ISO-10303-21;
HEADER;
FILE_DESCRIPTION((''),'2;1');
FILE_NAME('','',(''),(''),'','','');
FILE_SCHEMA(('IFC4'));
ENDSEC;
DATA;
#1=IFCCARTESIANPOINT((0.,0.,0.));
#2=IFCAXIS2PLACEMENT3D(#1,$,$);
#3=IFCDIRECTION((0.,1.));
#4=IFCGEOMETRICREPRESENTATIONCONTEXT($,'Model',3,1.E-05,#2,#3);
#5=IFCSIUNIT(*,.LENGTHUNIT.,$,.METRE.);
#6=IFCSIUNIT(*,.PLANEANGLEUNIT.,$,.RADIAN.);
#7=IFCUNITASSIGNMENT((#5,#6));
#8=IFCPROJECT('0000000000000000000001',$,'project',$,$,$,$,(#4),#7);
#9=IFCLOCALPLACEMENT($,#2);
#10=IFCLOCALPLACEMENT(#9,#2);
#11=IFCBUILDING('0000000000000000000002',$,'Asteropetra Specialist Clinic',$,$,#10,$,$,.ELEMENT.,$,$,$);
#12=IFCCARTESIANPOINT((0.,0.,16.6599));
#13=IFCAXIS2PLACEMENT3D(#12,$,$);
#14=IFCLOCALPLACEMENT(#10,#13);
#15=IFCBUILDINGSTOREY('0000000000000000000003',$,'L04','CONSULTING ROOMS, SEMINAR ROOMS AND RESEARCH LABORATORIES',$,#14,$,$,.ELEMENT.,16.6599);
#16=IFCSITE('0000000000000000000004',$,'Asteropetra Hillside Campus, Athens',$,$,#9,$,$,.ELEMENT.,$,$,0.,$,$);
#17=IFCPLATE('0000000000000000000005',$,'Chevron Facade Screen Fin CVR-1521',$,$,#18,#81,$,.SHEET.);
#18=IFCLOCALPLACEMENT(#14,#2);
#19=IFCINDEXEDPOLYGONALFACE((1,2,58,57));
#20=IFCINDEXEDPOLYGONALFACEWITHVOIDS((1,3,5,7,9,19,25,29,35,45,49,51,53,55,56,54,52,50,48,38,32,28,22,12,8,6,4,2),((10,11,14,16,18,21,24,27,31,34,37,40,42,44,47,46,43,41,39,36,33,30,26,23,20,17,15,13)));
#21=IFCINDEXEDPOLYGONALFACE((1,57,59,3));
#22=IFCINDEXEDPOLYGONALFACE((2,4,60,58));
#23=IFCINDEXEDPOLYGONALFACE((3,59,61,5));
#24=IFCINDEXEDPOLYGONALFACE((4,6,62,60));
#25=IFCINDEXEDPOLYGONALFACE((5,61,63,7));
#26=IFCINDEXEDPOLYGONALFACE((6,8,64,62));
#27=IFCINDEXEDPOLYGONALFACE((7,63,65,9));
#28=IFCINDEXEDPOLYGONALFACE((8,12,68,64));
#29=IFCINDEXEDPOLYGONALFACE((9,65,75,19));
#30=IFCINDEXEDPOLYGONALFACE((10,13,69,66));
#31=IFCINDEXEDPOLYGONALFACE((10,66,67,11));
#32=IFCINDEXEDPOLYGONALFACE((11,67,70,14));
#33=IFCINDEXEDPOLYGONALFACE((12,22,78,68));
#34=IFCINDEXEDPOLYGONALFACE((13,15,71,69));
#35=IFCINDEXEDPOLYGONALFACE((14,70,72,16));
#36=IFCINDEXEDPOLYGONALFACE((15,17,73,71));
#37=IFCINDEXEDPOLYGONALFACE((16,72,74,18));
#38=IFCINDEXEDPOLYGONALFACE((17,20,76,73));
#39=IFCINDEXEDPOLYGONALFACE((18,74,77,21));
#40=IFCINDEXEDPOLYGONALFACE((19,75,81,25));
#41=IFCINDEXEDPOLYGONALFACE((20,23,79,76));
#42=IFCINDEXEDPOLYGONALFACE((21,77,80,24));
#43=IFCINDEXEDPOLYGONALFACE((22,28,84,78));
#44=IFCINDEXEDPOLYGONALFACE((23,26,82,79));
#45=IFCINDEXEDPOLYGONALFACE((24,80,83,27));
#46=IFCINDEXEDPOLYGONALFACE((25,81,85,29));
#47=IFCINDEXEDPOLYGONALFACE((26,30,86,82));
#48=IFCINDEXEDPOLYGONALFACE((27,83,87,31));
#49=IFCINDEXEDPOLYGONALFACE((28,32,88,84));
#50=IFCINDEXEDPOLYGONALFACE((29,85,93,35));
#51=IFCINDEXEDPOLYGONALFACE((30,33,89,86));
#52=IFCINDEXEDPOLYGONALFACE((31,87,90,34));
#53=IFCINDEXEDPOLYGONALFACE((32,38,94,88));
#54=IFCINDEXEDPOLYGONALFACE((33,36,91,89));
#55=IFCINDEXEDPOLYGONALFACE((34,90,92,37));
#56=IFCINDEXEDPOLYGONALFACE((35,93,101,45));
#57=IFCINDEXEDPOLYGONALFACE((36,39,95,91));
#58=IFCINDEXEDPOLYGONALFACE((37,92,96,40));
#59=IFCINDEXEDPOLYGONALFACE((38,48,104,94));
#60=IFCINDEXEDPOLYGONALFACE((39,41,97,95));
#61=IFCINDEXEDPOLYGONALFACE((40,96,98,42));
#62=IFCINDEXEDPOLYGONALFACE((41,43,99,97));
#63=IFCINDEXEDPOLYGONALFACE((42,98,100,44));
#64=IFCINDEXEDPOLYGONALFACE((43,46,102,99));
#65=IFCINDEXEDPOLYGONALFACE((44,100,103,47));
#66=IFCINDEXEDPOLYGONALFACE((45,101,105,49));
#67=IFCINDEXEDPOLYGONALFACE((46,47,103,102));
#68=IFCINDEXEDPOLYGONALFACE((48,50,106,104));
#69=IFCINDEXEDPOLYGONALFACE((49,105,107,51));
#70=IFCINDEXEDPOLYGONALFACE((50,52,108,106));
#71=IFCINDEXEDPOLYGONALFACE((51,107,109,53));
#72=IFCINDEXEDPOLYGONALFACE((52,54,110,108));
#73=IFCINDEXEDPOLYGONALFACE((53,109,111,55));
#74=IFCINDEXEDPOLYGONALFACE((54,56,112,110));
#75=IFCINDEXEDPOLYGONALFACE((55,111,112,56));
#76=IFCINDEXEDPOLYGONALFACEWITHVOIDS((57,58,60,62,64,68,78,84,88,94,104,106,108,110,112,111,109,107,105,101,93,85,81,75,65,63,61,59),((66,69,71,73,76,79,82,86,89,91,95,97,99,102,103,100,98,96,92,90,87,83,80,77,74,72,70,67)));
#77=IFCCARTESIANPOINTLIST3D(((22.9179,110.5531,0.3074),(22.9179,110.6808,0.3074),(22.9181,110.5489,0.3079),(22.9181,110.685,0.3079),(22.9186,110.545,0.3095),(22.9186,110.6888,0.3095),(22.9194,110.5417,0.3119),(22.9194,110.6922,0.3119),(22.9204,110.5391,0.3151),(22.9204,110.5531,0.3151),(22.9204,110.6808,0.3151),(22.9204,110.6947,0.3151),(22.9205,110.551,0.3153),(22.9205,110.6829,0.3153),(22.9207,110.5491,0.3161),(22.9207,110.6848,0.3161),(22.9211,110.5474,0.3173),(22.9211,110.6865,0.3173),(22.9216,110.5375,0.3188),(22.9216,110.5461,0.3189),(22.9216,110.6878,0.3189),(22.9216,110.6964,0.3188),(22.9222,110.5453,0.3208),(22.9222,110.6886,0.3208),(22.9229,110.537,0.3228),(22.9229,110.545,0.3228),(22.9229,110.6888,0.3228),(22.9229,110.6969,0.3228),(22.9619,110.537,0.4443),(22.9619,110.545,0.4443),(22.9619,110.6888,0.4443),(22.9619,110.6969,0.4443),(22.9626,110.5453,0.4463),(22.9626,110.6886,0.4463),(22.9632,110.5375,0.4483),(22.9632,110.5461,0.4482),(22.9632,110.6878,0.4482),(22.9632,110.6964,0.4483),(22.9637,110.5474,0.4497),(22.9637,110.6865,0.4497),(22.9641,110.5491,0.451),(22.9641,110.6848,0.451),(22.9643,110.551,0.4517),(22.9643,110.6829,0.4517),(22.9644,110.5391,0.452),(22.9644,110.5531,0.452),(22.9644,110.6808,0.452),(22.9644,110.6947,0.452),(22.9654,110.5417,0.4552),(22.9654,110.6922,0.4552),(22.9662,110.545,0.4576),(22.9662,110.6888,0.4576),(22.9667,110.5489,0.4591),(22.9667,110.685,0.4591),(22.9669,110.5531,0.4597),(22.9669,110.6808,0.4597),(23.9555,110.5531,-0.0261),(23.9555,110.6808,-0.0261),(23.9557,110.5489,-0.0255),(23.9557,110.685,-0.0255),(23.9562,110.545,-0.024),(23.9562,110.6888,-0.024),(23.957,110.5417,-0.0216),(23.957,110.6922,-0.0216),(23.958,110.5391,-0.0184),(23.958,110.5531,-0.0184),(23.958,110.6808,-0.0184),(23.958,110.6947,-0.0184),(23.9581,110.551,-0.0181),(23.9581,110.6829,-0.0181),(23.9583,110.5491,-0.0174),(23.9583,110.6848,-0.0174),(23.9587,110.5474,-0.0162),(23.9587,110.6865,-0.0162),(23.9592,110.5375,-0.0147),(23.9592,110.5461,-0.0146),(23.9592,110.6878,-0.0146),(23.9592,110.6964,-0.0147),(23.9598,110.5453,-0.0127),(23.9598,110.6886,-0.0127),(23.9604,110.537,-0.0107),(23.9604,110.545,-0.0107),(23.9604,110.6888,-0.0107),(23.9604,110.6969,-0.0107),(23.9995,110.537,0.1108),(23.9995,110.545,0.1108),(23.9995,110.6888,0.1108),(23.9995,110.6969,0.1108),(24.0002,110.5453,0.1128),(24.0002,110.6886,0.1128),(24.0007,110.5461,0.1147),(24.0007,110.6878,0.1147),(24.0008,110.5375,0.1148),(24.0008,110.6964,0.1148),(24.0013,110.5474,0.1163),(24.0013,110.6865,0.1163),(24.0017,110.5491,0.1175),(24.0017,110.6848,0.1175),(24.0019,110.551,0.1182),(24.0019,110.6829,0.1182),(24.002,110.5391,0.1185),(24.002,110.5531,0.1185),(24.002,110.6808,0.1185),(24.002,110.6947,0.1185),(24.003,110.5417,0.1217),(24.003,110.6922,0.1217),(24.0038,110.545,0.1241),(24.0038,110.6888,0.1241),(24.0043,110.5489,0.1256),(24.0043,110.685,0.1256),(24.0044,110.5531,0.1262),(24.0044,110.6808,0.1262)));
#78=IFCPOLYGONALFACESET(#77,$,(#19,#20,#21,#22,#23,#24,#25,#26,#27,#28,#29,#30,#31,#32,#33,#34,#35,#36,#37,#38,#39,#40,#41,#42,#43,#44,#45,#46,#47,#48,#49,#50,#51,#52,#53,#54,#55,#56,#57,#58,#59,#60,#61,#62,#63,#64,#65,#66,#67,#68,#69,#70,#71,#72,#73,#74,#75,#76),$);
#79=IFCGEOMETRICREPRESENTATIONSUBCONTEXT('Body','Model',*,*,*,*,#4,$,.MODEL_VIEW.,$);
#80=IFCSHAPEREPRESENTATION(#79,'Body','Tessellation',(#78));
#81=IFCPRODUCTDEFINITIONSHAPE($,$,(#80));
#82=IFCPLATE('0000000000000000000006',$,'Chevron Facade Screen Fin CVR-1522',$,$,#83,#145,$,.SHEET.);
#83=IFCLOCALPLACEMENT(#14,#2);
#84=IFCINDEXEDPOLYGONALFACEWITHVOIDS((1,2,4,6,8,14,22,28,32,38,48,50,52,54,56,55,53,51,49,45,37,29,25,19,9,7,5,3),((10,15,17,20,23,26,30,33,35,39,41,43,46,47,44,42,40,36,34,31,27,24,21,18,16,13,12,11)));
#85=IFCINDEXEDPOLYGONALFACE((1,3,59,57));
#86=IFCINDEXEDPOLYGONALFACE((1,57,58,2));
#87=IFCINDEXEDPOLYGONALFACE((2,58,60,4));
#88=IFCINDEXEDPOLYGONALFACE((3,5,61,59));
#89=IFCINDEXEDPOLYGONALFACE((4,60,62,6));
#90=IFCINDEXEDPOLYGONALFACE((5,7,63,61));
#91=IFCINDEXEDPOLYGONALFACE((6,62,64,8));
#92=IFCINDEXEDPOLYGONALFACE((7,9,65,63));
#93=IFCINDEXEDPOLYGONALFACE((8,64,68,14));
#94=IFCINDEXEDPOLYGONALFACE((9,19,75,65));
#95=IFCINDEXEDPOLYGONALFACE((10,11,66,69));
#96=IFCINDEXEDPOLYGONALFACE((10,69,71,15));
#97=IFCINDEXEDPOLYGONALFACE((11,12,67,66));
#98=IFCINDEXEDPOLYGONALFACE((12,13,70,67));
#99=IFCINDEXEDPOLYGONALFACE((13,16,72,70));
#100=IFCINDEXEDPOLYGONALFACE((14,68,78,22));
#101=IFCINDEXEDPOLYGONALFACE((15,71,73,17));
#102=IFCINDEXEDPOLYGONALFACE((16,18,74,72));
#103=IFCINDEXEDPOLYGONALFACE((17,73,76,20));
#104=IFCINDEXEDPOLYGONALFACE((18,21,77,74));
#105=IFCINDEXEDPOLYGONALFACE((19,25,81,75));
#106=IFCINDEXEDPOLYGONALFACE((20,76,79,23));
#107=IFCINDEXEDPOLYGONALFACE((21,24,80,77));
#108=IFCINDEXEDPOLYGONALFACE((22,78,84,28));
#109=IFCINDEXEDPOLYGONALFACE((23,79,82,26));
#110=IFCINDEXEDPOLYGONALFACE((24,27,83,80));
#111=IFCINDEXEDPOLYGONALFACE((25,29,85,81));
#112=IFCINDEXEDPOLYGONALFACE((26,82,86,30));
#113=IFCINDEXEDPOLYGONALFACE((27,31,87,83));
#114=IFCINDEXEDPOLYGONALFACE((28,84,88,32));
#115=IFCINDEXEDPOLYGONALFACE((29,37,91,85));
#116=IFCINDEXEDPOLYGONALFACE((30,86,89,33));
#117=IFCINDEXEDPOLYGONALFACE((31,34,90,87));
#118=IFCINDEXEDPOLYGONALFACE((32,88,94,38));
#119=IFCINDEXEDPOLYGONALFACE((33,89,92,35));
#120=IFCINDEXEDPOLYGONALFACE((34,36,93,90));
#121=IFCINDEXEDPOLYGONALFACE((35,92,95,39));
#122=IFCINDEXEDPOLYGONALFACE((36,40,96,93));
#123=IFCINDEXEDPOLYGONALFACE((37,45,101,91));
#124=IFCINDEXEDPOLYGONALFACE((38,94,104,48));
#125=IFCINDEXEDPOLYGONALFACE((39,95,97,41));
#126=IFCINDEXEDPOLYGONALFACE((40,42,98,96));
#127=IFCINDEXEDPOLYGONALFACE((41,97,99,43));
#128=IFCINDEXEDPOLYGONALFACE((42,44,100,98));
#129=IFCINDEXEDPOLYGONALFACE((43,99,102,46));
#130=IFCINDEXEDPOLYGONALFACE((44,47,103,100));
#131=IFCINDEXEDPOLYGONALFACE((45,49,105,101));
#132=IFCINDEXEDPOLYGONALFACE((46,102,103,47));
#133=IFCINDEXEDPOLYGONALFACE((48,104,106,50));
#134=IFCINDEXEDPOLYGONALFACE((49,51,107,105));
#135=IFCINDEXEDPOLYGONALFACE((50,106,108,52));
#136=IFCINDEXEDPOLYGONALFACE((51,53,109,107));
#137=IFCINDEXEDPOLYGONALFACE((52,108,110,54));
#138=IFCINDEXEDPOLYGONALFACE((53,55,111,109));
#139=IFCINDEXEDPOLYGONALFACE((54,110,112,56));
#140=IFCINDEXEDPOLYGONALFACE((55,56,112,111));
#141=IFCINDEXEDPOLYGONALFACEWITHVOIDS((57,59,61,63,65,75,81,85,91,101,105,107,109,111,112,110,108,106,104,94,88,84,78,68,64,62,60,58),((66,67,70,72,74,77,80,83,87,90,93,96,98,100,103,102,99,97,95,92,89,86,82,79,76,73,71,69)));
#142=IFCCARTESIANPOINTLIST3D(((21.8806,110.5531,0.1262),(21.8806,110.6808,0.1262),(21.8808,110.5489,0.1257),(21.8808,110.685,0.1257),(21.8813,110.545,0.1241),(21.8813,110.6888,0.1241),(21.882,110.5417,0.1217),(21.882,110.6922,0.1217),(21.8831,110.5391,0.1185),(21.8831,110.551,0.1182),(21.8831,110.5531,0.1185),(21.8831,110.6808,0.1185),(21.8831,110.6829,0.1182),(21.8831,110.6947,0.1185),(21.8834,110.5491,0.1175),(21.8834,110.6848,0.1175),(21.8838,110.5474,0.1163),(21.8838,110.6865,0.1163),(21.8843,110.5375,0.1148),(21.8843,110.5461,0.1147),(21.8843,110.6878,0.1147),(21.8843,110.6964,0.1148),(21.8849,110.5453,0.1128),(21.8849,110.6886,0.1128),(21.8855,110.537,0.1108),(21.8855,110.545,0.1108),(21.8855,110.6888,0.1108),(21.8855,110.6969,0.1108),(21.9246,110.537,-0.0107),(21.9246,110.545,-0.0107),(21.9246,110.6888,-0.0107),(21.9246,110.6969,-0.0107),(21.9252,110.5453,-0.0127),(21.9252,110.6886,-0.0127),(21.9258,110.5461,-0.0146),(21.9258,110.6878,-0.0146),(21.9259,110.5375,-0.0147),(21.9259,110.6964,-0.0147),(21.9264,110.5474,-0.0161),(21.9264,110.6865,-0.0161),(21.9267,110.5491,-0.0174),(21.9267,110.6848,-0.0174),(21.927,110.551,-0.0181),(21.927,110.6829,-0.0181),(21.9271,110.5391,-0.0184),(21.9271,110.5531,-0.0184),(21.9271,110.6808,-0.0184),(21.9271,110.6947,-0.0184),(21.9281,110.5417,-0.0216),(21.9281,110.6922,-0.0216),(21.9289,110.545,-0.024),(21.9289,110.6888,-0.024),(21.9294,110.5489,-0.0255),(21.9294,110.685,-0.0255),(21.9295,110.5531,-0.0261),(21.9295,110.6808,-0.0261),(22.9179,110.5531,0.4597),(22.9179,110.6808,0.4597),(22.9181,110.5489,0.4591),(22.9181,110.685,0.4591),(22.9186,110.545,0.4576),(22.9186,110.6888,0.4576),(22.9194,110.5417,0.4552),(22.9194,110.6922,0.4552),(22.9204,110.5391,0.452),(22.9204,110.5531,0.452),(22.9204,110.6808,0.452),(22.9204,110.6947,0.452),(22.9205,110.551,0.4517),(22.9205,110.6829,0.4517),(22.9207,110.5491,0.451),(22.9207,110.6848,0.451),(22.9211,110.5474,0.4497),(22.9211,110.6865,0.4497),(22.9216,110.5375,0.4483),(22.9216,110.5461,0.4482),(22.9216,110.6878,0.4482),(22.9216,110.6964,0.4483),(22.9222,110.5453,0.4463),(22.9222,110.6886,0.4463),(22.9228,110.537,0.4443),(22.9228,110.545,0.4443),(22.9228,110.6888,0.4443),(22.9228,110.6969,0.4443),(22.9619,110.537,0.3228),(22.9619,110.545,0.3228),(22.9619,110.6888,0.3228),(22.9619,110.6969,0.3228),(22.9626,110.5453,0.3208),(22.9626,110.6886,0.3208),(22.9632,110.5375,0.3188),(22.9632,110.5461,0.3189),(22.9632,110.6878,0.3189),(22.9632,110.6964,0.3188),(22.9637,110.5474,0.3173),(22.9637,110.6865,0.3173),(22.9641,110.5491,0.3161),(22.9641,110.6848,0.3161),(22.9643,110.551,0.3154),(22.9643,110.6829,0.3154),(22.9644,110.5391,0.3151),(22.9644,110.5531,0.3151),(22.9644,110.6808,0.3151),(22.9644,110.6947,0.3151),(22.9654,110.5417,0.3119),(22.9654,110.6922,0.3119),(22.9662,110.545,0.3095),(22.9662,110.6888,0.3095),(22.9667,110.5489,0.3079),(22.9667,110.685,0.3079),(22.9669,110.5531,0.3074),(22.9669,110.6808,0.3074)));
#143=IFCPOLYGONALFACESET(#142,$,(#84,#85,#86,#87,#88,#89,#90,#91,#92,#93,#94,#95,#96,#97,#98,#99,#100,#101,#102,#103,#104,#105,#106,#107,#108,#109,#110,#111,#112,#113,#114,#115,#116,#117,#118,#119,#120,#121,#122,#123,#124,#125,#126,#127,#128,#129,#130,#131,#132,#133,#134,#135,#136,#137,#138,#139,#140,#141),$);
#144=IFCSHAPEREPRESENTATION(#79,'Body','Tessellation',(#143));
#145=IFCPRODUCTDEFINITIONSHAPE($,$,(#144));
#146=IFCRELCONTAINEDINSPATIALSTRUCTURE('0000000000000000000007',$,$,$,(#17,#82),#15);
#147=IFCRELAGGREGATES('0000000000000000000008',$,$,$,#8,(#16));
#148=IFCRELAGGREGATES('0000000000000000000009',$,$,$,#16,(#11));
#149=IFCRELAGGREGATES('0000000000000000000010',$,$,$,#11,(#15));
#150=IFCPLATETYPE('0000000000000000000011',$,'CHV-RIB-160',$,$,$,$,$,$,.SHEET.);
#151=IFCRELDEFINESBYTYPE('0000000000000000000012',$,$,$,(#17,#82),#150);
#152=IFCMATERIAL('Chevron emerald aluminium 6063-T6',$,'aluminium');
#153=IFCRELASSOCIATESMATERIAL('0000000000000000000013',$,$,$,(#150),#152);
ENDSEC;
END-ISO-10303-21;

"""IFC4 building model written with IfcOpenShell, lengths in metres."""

from ifc_helpers import new_model, si_unit, direction, frame, origin, origin_2d, place, context, subcontext, project, spatial, hollow_rectangle, extrude, material, material_profile, profile_set, type_object, element, save


model = new_model("IFC4")

# Units and contexts
model_context = context("Model", 3, precision=1e-05, world=origin(), true_north=direction((0.0, 1.0)))
body_context = subcontext(model_context, "Body", "Model", "MODEL_VIEW")
ifc_project = project(units=[si_unit("LENGTHUNIT", "METRE"), si_unit("PLANEANGLEUNIT", "RADIAN")], contexts=[model_context])

# Site, building, storey
site_placement = place(None, origin())
site = spatial("IfcSite", under=ifc_project, at=site_placement, Name="Asteropetra Hillside Campus, Athens", CompositionType="ELEMENT", RefElevation=0.0)
building_placement = place(site_placement, origin())
building = spatial("IfcBuilding", under=site, at=building_placement, Name="Asteropetra Specialist Clinic", CompositionType="ELEMENT")
storey_placement = place(building_placement, frame((0.0, 0.0, 16.6599)))
storey = spatial("IfcBuildingStorey", under=building, at=storey_placement, Name="L04", Description="CONSULTING ROOMS, SEMINAR ROOMS AND RESEARCH LABORATORIES", CompositionType="ELEMENT", Elevation=16.6599)

# Plates
ifc_material_1 = material(Name="Chevron emerald aluminium 6063-T6", Category="aluminium")
ifc_material_profile = material_profile(ifc_material_1, hollow_rectangle(XDim=0.1599, YDim=0.1599, WallThickness=0.0081, InnerFilletRadius=0.0081, OuterFilletRadius=0.0161, at=origin_2d()), Name="SHS 160x160x8.0")
ifc_profile_set = profile_set([ifc_material_profile], Name="Chevron emerald aluminium 6063-T6")
plate_type_1 = type_object("IfcPlateType", Name="CHV-RIB-160", PredefinedType="SHEET", material=ifc_profile_set)
for number, where, z_axis, x_axis, name in (
    (1, (23.98, 110.6169, 0.05), (-0.952033, 0.0, 0.305995), (0.0, -1.0, 0.0), "Chevron Facade Screen Fin CVR-1521"),
):
    element("IfcPlate", number, at=place(storey_placement, frame(where, z_axis=z_axis, x_axis=x_axis)), inside=storey, type_object=plate_type_1, Name=name, PredefinedType="SHEET", context=body_context, shape_type="SweptSolid", body=[
        extrude(hollow_rectangle(XDim=0.1599, YDim=0.1599, WallThickness=0.0081, InnerFilletRadius=0.0081, OuterFilletRadius=0.0161, at=origin_2d()), origin(), (0.0, 0.0, 1.0), 1.0898),
    ])
plate_1_placement = place(storey_placement, frame((22.9424, 110.6169, 0.3835), z_axis=(-0.952012, 0.0, -0.30606), x_axis=(0.0, -1.0, 0.0)))
element("IfcPlate", 2, at=plate_1_placement, inside=storey, type_object=plate_type_1, Name="Chevron Facade Screen Fin CVR-1522", PredefinedType="SHEET", context=body_context, shape_type="SweptSolid", body=[
    extrude(hollow_rectangle(XDim=0.1599, YDim=0.1599, WallThickness=0.0081, InnerFilletRadius=0.0081, OuterFilletRadius=0.0161, at=origin_2d()), origin(), (0.0, 0.0, 1.0), 1.0896),
])

save(model, "model.ifc")
